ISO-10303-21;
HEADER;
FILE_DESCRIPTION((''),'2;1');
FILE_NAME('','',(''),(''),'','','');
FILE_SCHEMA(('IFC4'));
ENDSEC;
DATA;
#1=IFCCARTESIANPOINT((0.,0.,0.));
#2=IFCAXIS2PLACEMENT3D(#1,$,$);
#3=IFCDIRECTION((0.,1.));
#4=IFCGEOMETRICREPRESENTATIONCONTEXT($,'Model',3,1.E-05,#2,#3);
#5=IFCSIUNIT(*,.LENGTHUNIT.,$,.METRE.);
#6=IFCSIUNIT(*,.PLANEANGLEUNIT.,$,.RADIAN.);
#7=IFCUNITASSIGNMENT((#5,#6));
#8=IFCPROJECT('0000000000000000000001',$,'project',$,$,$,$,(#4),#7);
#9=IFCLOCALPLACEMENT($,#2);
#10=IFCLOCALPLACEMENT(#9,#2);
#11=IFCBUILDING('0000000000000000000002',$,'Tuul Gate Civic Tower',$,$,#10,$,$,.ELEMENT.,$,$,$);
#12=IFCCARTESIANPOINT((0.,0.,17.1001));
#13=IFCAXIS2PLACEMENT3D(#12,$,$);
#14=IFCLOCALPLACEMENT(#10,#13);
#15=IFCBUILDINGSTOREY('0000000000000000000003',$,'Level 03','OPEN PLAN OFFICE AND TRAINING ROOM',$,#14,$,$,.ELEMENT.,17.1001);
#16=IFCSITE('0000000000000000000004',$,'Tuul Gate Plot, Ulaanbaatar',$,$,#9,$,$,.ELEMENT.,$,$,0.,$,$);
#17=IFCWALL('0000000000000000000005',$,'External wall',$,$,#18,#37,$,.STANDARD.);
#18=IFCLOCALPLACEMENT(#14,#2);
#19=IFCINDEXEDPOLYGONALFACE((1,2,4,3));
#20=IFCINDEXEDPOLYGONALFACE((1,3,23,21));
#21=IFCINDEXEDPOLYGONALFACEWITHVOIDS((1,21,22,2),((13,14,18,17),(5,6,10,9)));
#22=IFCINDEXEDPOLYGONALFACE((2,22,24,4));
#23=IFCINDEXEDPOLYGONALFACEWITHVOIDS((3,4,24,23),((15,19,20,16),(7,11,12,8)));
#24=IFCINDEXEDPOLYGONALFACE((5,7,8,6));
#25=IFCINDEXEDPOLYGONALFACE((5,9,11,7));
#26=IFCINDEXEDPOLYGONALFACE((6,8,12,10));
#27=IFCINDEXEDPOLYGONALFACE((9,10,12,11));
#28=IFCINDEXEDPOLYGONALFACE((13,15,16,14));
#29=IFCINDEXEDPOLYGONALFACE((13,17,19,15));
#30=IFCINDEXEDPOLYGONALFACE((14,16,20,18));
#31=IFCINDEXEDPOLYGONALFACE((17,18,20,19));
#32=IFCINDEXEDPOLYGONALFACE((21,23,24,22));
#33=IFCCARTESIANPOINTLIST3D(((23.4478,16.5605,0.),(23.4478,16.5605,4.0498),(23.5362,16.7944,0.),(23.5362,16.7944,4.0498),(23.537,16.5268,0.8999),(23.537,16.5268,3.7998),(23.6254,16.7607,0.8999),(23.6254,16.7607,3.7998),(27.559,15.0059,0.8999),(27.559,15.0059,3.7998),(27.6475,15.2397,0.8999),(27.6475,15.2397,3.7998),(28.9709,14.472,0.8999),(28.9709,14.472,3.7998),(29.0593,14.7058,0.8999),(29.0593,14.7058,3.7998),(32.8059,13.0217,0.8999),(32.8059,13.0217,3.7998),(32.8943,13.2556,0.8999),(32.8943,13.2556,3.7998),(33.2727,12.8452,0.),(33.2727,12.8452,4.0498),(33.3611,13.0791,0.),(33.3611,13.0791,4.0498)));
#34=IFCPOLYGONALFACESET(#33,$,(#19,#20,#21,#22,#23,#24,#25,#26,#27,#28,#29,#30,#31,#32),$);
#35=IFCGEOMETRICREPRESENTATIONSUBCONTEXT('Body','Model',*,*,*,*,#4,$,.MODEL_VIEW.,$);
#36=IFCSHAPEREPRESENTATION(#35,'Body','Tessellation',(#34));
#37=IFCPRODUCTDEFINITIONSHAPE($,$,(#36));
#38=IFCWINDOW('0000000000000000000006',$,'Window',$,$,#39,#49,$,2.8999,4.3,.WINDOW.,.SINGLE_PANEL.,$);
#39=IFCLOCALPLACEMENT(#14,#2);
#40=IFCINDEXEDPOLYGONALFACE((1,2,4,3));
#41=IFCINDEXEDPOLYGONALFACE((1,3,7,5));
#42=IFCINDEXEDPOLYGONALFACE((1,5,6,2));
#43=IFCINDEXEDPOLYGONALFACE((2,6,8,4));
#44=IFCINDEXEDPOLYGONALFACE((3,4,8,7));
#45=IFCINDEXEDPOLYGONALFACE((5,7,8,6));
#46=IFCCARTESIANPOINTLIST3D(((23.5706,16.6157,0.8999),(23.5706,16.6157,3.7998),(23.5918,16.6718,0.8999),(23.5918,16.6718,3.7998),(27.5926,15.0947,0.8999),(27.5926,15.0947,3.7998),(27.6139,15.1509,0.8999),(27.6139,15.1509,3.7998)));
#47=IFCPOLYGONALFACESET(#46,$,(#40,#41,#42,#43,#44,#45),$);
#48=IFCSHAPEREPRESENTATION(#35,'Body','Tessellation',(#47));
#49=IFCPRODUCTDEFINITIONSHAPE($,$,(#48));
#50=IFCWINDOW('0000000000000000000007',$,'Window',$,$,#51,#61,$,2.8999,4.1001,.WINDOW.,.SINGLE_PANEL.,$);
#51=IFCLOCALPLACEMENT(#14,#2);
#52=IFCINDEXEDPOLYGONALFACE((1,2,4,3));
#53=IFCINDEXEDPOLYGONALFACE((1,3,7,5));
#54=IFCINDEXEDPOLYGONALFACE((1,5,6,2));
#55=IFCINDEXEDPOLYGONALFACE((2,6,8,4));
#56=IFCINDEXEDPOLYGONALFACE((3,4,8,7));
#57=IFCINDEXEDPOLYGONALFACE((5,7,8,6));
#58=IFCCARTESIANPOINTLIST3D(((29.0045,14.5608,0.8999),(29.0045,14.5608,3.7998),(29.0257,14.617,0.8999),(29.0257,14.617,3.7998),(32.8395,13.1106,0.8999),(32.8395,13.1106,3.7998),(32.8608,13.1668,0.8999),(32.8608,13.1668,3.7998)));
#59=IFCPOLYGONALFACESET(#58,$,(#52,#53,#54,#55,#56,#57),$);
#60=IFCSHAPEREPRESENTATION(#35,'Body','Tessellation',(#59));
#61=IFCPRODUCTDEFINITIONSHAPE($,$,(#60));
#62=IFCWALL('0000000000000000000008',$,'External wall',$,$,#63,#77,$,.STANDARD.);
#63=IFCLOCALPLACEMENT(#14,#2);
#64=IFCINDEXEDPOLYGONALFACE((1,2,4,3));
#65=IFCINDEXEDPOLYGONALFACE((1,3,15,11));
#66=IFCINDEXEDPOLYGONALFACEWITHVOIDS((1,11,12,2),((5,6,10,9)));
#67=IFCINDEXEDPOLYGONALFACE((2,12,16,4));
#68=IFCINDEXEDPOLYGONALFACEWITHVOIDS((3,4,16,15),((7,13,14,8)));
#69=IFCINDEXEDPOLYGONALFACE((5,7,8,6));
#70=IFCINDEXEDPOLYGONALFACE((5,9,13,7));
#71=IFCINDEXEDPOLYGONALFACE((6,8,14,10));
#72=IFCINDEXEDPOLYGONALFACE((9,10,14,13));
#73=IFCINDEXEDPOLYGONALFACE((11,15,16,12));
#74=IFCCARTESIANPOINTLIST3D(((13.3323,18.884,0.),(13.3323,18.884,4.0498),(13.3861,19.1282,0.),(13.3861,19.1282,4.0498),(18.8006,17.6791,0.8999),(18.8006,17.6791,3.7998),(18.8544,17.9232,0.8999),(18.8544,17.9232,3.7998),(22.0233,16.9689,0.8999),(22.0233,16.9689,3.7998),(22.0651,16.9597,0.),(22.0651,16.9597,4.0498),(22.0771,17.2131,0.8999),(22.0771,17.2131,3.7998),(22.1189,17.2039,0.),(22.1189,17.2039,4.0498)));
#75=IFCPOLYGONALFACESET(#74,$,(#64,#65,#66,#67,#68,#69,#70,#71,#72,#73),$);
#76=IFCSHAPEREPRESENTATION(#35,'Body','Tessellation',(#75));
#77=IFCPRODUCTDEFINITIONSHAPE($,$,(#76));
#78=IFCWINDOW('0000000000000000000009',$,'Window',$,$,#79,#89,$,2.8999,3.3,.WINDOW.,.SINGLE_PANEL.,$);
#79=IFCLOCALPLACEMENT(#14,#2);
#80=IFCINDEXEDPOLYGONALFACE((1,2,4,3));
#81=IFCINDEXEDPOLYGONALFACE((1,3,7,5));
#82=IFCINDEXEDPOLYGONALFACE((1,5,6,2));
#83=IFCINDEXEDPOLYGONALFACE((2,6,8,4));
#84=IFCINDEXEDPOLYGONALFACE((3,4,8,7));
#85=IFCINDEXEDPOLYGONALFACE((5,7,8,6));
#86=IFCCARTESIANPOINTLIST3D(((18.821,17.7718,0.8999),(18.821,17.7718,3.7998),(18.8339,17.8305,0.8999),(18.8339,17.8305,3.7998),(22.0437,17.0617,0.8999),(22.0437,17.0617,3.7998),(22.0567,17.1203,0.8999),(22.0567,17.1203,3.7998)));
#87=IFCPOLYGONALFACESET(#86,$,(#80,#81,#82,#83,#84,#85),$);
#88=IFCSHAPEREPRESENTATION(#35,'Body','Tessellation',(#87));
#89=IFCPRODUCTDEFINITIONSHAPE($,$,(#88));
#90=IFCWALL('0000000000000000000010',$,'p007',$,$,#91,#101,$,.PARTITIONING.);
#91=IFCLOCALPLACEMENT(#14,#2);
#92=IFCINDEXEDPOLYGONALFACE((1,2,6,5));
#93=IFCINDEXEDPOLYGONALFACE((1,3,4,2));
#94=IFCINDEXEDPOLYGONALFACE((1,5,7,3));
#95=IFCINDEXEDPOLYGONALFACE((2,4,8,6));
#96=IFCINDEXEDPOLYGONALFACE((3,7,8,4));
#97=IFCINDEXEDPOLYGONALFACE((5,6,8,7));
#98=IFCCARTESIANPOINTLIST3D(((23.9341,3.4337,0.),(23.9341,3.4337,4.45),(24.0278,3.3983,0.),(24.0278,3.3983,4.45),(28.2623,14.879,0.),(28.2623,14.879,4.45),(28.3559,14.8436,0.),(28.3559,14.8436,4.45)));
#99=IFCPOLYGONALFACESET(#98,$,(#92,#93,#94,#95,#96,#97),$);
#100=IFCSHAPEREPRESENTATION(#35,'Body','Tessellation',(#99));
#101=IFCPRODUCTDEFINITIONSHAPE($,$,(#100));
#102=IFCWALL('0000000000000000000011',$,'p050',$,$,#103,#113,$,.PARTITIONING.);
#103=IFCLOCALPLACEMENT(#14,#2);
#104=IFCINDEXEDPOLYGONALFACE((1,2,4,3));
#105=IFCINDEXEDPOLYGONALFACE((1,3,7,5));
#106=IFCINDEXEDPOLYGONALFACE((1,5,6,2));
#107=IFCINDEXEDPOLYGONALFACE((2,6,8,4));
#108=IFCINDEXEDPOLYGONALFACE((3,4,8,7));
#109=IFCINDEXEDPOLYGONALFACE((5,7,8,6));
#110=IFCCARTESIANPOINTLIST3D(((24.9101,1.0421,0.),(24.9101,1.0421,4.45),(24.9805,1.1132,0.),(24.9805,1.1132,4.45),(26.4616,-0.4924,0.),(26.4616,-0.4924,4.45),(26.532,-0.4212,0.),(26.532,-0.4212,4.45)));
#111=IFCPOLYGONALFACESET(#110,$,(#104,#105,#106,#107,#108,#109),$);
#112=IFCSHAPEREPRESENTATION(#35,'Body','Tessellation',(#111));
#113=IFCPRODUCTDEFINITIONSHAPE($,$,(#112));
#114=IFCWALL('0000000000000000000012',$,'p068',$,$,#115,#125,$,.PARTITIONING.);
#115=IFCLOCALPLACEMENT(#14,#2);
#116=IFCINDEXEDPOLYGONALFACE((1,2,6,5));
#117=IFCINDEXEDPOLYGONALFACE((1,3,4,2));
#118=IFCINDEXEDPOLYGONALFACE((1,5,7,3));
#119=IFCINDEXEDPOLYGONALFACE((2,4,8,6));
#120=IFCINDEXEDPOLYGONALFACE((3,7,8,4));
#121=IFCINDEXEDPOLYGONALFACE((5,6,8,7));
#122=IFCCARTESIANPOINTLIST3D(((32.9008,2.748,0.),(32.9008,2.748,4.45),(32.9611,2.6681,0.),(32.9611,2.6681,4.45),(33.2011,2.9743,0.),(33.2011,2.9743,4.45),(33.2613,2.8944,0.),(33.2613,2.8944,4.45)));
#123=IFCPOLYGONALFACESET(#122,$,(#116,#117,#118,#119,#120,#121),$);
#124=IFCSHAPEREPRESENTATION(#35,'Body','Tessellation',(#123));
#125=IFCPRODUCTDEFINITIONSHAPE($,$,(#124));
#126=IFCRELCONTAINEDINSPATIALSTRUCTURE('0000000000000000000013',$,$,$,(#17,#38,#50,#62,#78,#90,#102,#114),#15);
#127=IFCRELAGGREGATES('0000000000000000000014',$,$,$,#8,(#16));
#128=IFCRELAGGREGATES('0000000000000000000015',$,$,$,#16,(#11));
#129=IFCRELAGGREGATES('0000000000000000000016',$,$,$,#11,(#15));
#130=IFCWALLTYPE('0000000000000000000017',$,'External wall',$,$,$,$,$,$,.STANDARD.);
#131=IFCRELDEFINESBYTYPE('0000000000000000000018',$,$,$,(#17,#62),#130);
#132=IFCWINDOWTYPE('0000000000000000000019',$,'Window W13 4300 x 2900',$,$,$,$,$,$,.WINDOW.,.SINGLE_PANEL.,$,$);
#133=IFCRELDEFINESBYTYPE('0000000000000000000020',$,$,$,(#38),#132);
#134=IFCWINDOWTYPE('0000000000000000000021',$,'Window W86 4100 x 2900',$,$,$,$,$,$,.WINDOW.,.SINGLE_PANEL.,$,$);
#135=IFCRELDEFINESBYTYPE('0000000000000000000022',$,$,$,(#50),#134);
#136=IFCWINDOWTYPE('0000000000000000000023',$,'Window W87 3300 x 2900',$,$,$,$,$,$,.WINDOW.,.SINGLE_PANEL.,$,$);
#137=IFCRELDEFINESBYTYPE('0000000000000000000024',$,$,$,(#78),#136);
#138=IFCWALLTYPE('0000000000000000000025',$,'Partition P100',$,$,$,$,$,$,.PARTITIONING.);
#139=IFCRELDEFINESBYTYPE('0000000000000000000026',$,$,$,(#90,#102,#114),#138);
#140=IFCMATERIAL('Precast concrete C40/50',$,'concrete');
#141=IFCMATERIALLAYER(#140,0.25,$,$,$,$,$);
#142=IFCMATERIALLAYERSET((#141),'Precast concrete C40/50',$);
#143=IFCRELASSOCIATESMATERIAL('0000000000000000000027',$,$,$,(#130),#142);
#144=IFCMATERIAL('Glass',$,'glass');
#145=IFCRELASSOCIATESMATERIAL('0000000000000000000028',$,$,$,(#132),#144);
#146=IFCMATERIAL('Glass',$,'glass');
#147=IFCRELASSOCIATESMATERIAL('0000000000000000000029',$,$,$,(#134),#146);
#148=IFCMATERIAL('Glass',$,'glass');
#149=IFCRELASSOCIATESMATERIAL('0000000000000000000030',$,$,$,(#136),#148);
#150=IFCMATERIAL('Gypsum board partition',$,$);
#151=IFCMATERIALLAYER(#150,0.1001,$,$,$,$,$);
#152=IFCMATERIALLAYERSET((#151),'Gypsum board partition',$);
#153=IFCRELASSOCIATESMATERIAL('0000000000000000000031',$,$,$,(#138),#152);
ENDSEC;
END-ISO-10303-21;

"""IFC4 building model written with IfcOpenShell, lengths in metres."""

from ifc_helpers import new_model, si_unit, direction, frame, frame_2d, origin, place, context, subcontext, project, spatial, rectangle, extrude, material, layer, layer_set, type_object, element, fill, save


model = new_model("IFC4")

# Units and contexts
model_context = context("Model", 3, precision=1e-05, world=origin(), true_north=direction((0.0, 1.0)))
body_context = subcontext(model_context, "Body", "Model", "MODEL_VIEW")
ifc_project = project(units=[si_unit("LENGTHUNIT", "METRE"), si_unit("PLANEANGLEUNIT", "RADIAN")], contexts=[model_context])

# Site, building, storey
site_placement = place(None, origin())
site = spatial("IfcSite", under=ifc_project, at=site_placement, Name="Tuul Gate Plot, Ulaanbaatar", CompositionType="ELEMENT", RefElevation=0.0)
building_placement = place(site_placement, origin())
building = spatial("IfcBuilding", under=site, at=building_placement, Name="Tuul Gate Civic Tower", CompositionType="ELEMENT")
storey_placement = place(building_placement, frame((0.0, 0.0, 17.1001)))
storey = spatial("IfcBuildingStorey", under=building, at=storey_placement, Name="Level 03", Description="OPEN PLAN OFFICE AND TRAINING ROOM", CompositionType="ELEMENT", Elevation=17.1001)

# Wall, openings, windows
ifc_material_1 = material(Name="Precast concrete C40/50", Category="concrete")
ifc_layer_1 = layer(ifc_material_1, 0.25)
ifc_layer_set_1 = layer_set([ifc_layer_1], Name="Precast concrete C40/50")
wall_type_1 = type_object("IfcWallType", Name="External wall", PredefinedType="STANDARD", material=ifc_layer_set_1)
wall_1_placement = place(storey_placement, frame((33.3169, 12.9622, 0.0), z_axis=(0.0, 0.0, 1.0), x_axis=(-0.935356, 0.353707, 0.0)))
wall_1 = element("IfcWall", 1, at=wall_1_placement, inside=storey, type_object=wall_type_1, Name="External wall", PredefinedType="STANDARD", context=body_context, shape_type="SweptSolid", body=[
    extrude(rectangle(XDim=10.5039, YDim=0.25, at=frame_2d((5.252, 0.0))), origin(), (0.0, 0.0, 1.0), 4.0498),
])
opening_1_placement = place(wall_1_placement, frame((0.499, 0.0, 0.8999)))
opening_1 = element("IfcOpeningElement", 2, at=opening_1_placement, cuts=wall_1, PredefinedType="OPENING", context=body_context, shape_type="SweptSolid", body=[
    extrude(rectangle(XDim=4.1001, YDim=2.8999, at=frame_2d((2.05, 1.45))), frame((0.0, 0.135, 0.0), z_axis=(0.0, -1.0, 0.0), x_axis=(1.0, 0.0, 0.0)), (0.0, 0.0, 1.0), 0.27),
])
opening_2_placement = place(wall_1_placement, frame((6.1086, 0.0, 0.8999)))
opening_2 = element("IfcOpeningElement", 3, at=opening_2_placement, cuts=wall_1, PredefinedType="OPENING", context=body_context, shape_type="SweptSolid", body=[
    extrude(rectangle(XDim=4.3, YDim=2.8999, at=frame_2d((2.1499, 1.45))), frame((0.0, 0.135, 0.0), z_axis=(0.0, -1.0, 0.0), x_axis=(1.0, 0.0, 0.0)), (0.0, 0.0, 1.0), 0.27),
])
ifc_material_2 = material(Name="Glass", Category="glass")
window_type_1 = type_object("IfcWindowType", Name="Window W13 4300 x 2900", PartitioningType="SINGLE_PANEL", PredefinedType="WINDOW", material=ifc_material_2)
window_1_placement = place(opening_2_placement, origin())
window_1 = element("IfcWindow", 4, at=window_1_placement, inside=storey, type_object=window_type_1, Name="Window", OverallHeight=2.8999, OverallWidth=4.3, PartitioningType="SINGLE_PANEL", PredefinedType="WINDOW", context=body_context, shape_type="SweptSolid", body=[
    extrude(rectangle(XDim=4.3, YDim=2.8999, at=frame_2d((2.1499, 1.45))), frame((0.0, 0.03, 0.0), z_axis=(0.0, -1.0, 0.0), x_axis=(1.0, 0.0, 0.0)), (0.0, 0.0, 1.0), 0.0601),
])
fill(opening_2, window_1)
ifc_material_3 = material(Name="Glass", Category="glass")
window_type_2 = type_object("IfcWindowType", Name="Window W86 4100 x 2900", PartitioningType="SINGLE_PANEL", PredefinedType="WINDOW", material=ifc_material_3)
window_2_placement = place(opening_1_placement, origin())
window_2 = element("IfcWindow", 5, at=window_2_placement, inside=storey, type_object=window_type_2, Name="Window", OverallHeight=2.8999, OverallWidth=4.1001, PartitioningType="SINGLE_PANEL", PredefinedType="WINDOW", context=body_context, shape_type="SweptSolid", body=[
    extrude(rectangle(XDim=4.1001, YDim=2.8999, at=frame_2d((2.05, 1.45))), frame((0.0, 0.03, 0.0), z_axis=(0.0, -1.0, 0.0), x_axis=(1.0, 0.0, 0.0)), (0.0, 0.0, 1.0), 0.0601),
])
fill(opening_1, window_2)

# Wall, opening, window
wall_2_placement = place(storey_placement, frame((22.092, 17.0818, 0.0), z_axis=(0.0, 0.0, 1.0), x_axis=(-0.976572, 0.21519, 0.0)))
wall_2 = element("IfcWall", 6, at=wall_2_placement, inside=storey, type_object=wall_type_1, Name="External wall", PredefinedType="STANDARD", context=body_context, shape_type="SweptSolid", body=[
    extrude(rectangle(XDim=8.9424, YDim=0.25, at=frame_2d((4.4712, 0.0))), origin(), (0.0, 0.0, 1.0), 4.0498),
])
opening_3_placement = place(wall_2_placement, frame((0.043, 0.0, 0.8999)))
opening_3 = element("IfcOpeningElement", 7, at=opening_3_placement, cuts=wall_2, PredefinedType="OPENING", context=body_context, shape_type="SweptSolid", body=[
    extrude(rectangle(XDim=3.3, YDim=2.8999, at=frame_2d((1.6499, 1.45))), frame((0.0, 0.135, 0.0), z_axis=(0.0, -1.0, 0.0), x_axis=(1.0, 0.0, 0.0)), (0.0, 0.0, 1.0), 0.27),
])
ifc_material_4 = material(Name="Glass", Category="glass")
window_type_3 = type_object("IfcWindowType", Name="Window W87 3300 x 2900", PartitioningType="SINGLE_PANEL", PredefinedType="WINDOW", material=ifc_material_4)
window_3_placement = place(opening_3_placement, origin())
window_3 = element("IfcWindow", 8, at=window_3_placement, inside=storey, type_object=window_type_3, Name="Window", OverallHeight=2.8999, OverallWidth=3.3, PartitioningType="SINGLE_PANEL", PredefinedType="WINDOW", context=body_context, shape_type="SweptSolid", body=[
    extrude(rectangle(XDim=3.3, YDim=2.8999, at=frame_2d((1.6499, 1.45))), frame((0.0, 0.03, 0.0), z_axis=(0.0, -1.0, 0.0), x_axis=(1.0, 0.0, 0.0)), (0.0, 0.0, 1.0), 0.0601),
])
fill(opening_3, window_3)

# Walls
ifc_material_5 = material(Name="Gypsum board partition")
ifc_layer_2 = layer(ifc_material_5, 0.1001)
ifc_layer_set_2 = layer_set([ifc_layer_2], Name="Gypsum board partition")
wall_type_2 = type_object("IfcWallType", Name="Partition P100", PredefinedType="PARTITIONING", material=ifc_layer_set_2)
wall_3_placement = place(storey_placement, frame((23.981, 3.416, 0.0), z_axis=(0.0, 0.0, 1.0), x_axis=(0.353711, 0.935355, 0.0)))
element("IfcWall", 9, at=wall_3_placement, inside=storey, type_object=wall_type_2, Name="p007", PredefinedType="PARTITIONING", context=body_context, shape_type="SweptSolid", body=[
    extrude(rectangle(XDim=12.2363, YDim=0.1001, at=frame_2d((6.1182, 0.0))), origin(), (0.0, 0.0, 1.0), 4.45),
])
wall_4_placement = place(storey_placement, frame((24.9453, 1.0776, 0.0), z_axis=(0.0, 0.0, 1.0), x_axis=(0.711012, -0.70318, 0.0)))
element("IfcWall", 10, at=wall_4_placement, inside=storey, type_object=wall_type_2, Name="p050", PredefinedType="PARTITIONING", context=body_context, shape_type="SweptSolid", body=[
    extrude(rectangle(XDim=2.1821, YDim=0.1001, at=frame_2d((1.0911, 0.0))), origin(), (0.0, 0.0, 1.0), 4.45),
])
wall_5_placement = place(storey_placement, frame((33.2312, 2.9343, 0.0), z_axis=(0.0, 0.0, 1.0), x_axis=(-0.798595, -0.601868, 0.0)))
element("IfcWall", 11, at=wall_5_placement, inside=storey, type_object=wall_type_2, Name="p068", PredefinedType="PARTITIONING", context=body_context, shape_type="SweptSolid", body=[
    extrude(rectangle(XDim=0.376, YDim=0.1001, at=frame_2d((0.188, 0.0))), origin(), (0.0, 0.0, 1.0), 4.45),
])

save(model, "model.ifc")
